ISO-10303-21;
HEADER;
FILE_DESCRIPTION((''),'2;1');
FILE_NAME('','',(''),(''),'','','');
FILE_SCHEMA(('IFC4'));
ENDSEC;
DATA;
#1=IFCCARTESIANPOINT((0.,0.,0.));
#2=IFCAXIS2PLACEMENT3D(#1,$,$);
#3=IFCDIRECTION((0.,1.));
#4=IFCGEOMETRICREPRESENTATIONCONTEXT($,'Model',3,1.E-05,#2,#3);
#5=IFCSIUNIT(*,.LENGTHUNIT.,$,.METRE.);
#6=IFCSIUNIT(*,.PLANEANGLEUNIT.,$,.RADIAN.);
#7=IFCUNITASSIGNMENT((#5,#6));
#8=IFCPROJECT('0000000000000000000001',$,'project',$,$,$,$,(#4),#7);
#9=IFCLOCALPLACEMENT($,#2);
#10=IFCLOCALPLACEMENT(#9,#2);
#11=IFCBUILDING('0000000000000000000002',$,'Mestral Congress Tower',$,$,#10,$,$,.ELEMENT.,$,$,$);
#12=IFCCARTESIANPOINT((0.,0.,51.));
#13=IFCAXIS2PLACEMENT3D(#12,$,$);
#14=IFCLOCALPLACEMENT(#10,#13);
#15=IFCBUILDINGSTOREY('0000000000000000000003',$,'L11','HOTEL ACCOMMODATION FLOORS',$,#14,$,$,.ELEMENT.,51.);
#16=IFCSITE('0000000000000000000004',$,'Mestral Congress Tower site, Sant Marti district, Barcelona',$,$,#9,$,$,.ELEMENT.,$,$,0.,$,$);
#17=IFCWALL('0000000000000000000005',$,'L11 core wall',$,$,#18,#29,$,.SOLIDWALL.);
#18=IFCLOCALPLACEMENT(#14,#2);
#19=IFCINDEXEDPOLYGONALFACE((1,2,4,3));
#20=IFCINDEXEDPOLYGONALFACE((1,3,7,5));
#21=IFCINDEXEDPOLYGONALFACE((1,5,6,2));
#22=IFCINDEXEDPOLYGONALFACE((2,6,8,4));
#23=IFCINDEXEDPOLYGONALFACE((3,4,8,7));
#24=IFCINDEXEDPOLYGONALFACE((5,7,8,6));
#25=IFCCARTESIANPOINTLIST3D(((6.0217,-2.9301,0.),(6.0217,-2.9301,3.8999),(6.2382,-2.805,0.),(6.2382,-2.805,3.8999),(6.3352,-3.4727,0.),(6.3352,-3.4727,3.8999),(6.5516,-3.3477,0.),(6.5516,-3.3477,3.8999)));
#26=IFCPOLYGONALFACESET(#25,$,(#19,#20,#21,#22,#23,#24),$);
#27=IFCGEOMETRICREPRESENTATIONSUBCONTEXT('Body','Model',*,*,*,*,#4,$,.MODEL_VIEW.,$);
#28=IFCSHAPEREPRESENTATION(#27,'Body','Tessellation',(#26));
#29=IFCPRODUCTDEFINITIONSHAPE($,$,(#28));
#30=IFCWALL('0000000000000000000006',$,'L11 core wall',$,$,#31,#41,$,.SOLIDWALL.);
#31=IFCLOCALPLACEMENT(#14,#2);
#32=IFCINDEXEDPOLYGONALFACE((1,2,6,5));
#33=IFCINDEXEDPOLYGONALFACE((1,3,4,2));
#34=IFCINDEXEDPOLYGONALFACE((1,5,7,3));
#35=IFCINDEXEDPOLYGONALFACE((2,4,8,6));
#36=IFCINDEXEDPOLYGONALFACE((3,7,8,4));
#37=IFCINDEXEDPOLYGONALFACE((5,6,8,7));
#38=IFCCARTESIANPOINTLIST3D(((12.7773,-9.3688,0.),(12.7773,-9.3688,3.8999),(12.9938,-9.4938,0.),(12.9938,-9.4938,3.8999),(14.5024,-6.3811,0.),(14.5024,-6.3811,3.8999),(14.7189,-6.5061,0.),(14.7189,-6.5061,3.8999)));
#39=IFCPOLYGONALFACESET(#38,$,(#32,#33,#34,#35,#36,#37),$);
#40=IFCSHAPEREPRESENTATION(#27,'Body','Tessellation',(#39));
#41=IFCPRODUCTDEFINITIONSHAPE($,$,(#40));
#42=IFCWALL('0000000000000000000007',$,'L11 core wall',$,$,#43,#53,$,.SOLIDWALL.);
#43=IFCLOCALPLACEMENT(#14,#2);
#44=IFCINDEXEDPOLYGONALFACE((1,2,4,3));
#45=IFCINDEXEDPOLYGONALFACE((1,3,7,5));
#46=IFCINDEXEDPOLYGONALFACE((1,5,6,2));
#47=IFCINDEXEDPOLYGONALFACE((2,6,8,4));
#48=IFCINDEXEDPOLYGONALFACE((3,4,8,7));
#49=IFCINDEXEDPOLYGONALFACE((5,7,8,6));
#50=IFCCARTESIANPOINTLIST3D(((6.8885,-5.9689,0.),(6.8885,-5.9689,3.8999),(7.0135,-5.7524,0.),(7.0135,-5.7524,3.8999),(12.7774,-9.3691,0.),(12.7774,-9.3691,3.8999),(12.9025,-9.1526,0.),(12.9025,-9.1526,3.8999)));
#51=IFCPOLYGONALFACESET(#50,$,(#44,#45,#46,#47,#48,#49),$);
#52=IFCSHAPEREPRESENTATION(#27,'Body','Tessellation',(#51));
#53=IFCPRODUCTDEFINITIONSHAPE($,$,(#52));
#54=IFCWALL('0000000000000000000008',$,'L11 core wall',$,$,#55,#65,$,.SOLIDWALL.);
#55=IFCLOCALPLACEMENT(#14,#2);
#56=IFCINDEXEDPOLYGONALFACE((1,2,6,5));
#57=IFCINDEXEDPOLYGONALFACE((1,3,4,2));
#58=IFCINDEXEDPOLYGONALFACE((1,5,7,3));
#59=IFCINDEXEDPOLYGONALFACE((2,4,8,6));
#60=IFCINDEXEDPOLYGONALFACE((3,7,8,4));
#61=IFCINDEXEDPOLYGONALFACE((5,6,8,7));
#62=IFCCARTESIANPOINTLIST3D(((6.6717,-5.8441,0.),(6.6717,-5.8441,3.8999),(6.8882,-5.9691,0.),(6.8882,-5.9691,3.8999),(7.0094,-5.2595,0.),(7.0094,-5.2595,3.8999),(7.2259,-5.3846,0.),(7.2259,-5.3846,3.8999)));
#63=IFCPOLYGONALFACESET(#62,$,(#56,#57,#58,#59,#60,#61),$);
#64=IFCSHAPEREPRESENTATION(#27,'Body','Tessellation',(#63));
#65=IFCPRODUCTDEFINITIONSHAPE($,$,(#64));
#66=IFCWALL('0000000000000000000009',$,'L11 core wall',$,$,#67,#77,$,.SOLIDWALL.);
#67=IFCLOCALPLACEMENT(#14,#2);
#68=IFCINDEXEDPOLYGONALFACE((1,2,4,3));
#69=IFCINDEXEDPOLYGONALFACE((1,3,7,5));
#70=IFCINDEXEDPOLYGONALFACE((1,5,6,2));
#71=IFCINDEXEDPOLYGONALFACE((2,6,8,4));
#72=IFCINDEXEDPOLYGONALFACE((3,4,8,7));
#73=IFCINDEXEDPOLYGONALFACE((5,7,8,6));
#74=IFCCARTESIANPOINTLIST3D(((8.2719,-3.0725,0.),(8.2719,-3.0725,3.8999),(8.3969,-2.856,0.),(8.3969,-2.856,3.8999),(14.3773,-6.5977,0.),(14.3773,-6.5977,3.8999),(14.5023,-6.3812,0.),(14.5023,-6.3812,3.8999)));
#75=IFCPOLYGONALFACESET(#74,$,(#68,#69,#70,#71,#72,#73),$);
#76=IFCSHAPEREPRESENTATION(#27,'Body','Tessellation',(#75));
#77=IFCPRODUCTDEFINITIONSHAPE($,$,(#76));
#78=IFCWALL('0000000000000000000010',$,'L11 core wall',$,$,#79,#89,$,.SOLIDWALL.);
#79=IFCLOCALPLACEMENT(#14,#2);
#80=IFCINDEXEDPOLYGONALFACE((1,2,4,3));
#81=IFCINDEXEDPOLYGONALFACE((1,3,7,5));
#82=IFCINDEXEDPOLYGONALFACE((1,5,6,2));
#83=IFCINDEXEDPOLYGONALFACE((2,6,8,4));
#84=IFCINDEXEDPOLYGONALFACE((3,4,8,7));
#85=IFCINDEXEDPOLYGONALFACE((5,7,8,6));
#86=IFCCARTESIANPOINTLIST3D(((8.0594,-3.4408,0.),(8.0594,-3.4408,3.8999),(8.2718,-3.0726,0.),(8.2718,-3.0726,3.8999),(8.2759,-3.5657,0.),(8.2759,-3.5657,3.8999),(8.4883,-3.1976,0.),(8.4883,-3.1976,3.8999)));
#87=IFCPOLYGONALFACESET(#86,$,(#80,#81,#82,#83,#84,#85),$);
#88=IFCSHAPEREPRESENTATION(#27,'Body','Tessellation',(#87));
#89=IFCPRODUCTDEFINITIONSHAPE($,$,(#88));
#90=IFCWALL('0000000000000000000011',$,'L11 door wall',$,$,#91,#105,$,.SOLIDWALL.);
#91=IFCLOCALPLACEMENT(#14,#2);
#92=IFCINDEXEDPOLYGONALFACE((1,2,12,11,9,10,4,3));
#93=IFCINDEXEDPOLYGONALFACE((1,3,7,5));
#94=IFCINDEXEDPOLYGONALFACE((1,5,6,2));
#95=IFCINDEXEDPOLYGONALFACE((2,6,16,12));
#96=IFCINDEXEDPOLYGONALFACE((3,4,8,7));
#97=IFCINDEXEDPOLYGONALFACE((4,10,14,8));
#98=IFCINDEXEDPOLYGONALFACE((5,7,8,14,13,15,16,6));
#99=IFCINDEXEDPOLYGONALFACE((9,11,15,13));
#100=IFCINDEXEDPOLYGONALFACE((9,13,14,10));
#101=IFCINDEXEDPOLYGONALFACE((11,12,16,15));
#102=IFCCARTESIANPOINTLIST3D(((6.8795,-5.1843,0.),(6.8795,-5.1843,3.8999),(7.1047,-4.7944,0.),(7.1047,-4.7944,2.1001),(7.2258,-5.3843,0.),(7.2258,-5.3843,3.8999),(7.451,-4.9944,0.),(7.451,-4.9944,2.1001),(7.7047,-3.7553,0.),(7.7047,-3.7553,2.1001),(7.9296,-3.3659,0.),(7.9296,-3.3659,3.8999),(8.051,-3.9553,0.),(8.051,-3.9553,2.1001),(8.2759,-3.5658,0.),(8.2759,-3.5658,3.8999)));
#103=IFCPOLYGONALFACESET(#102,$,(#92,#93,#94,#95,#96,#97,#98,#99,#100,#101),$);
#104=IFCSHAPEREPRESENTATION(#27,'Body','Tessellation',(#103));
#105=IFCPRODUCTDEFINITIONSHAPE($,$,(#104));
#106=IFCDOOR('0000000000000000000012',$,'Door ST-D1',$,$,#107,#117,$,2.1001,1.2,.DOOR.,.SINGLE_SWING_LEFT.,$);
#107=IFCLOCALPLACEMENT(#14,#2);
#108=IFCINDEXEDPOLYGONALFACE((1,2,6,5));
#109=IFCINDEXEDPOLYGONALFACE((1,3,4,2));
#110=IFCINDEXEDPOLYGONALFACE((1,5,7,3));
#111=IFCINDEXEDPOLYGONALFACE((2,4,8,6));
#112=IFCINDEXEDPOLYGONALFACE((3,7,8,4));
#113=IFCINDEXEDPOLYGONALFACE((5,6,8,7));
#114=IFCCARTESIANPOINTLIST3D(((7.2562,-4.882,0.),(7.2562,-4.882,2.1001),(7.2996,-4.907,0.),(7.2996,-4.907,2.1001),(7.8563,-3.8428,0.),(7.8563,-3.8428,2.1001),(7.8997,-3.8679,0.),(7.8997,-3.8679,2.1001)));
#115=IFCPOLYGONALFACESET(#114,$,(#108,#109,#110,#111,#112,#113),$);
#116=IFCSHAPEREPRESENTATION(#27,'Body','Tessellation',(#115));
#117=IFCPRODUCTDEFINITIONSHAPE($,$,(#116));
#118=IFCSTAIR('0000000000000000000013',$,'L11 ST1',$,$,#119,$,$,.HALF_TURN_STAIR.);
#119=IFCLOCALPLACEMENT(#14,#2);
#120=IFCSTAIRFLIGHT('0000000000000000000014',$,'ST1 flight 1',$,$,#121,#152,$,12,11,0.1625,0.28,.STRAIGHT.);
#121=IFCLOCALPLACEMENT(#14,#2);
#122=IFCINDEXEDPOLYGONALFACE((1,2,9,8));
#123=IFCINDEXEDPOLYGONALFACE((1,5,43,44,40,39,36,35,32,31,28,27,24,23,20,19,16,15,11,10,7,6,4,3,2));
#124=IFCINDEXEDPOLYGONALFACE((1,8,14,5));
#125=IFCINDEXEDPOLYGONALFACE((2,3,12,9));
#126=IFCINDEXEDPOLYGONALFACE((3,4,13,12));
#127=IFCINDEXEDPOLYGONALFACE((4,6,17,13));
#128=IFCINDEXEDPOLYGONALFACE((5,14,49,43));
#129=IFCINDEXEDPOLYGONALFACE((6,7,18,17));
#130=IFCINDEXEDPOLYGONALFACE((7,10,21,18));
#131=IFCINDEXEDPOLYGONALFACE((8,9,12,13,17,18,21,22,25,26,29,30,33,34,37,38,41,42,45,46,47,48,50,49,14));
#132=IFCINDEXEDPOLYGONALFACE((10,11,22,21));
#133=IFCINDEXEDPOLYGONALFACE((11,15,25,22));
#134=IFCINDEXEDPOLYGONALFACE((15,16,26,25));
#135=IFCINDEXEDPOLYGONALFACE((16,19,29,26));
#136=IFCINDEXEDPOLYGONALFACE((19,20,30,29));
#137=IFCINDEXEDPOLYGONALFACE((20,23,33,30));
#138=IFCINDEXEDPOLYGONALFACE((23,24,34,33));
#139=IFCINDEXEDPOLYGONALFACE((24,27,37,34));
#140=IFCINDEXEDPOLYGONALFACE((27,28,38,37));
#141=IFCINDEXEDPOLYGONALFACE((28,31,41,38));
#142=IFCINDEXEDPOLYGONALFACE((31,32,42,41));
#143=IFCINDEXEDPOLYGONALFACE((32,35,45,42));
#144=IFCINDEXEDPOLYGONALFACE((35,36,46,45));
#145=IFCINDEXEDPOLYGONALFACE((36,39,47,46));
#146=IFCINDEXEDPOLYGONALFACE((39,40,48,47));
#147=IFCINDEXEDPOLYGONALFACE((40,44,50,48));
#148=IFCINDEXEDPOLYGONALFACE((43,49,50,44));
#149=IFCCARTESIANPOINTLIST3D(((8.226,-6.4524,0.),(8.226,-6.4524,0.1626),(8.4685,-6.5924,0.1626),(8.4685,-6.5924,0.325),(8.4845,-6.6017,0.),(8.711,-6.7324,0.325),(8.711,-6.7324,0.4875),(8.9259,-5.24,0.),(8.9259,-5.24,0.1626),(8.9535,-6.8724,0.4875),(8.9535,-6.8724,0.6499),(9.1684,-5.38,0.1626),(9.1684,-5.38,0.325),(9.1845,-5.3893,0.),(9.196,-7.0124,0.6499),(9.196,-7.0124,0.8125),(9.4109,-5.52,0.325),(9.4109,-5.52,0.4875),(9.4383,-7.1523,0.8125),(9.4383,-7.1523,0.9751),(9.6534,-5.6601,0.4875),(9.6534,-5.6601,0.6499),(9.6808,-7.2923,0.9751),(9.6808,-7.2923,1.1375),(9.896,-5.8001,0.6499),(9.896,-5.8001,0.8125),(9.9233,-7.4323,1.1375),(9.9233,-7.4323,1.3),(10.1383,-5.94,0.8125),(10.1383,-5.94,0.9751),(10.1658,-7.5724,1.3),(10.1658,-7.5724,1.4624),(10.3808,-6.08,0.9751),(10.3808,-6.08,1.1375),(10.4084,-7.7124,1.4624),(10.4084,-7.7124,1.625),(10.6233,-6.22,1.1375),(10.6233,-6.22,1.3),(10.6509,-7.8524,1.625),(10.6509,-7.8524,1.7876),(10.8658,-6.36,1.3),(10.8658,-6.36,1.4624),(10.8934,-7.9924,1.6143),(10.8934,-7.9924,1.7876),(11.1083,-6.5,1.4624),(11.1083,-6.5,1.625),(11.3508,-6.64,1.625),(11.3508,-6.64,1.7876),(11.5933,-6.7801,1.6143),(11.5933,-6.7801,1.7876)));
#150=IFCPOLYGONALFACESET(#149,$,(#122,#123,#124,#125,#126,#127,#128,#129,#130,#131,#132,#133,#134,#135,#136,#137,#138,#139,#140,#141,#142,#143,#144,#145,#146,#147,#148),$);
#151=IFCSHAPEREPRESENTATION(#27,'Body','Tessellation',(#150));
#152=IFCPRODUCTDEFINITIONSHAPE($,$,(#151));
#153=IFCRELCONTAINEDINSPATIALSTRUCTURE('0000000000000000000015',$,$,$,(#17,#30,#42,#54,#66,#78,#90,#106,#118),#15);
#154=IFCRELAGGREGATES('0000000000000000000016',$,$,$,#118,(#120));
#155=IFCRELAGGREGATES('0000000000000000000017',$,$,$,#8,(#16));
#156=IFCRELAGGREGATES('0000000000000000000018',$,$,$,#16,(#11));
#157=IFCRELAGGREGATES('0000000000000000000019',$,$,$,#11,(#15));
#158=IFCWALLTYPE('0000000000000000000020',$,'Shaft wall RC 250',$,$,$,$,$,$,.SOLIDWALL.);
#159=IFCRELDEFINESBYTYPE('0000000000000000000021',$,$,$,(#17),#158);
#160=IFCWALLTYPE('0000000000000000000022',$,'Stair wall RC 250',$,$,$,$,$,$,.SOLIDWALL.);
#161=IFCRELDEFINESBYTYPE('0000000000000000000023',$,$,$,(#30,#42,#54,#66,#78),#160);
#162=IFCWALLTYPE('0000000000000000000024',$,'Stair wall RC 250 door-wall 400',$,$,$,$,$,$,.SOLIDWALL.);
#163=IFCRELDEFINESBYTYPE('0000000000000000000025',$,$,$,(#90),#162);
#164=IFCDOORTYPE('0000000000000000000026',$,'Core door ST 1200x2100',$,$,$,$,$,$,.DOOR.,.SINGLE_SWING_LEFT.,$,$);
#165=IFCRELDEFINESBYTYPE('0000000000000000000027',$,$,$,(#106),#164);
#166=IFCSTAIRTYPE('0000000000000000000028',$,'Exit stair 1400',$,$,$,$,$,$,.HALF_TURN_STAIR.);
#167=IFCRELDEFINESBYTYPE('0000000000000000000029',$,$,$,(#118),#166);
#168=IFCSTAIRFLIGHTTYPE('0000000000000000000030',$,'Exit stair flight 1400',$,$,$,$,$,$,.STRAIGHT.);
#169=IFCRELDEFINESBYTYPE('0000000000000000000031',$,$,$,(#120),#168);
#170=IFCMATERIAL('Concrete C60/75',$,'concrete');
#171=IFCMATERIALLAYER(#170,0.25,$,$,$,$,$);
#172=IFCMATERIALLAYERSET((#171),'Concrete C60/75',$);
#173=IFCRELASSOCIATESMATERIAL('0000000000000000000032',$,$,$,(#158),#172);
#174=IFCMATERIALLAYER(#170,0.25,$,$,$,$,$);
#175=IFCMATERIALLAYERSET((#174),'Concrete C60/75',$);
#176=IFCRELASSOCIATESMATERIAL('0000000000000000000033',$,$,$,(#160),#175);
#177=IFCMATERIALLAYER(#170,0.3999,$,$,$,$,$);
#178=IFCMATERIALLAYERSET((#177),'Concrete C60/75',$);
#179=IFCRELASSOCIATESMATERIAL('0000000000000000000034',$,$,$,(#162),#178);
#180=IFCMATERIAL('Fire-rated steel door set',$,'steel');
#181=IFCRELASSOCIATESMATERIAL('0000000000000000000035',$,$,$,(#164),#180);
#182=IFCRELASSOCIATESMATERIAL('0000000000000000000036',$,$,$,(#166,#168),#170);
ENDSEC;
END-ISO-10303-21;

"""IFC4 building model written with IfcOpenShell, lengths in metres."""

from ifc_helpers import new_model, si_unit, direction, frame, frame_2d, origin, place, context, subcontext, project, spatial, polyline, rectangle, outline, extrude, material, layer, layer_set, type_object, element, fill, aggregate, save


model = new_model("IFC4")

# Units and contexts
model_context = context("Model", 3, precision=1e-05, world=origin(), true_north=direction((0.0, 1.0)))
body_context = subcontext(model_context, "Body", "Model", "MODEL_VIEW")
ifc_project = project(units=[si_unit("LENGTHUNIT", "METRE"), si_unit("PLANEANGLEUNIT", "RADIAN")], contexts=[model_context])

# Site, building, storey
site_placement = place(None, origin())
site = spatial("IfcSite", under=ifc_project, at=site_placement, Name="Mestral Congress Tower site, Sant Marti district, Barcelona", CompositionType="ELEMENT", RefElevation=0.0)
building_placement = place(site_placement, origin())
building = spatial("IfcBuilding", under=site, at=building_placement, Name="Mestral Congress Tower", CompositionType="ELEMENT")
storey_placement = place(building_placement, frame((0.0, 0.0, 51.0)))
storey = spatial("IfcBuildingStorey", under=building, at=storey_placement, Name="L11", Description="HOTEL ACCOMMODATION FLOORS", CompositionType="ELEMENT", Elevation=51.0)

# Shared definitions
ifc_material_1 = material(Name="Fire-rated steel door set", Category="steel")

# Walls
ifc_material_2 = material(Name="Concrete C60/75", Category="concrete")
ifc_layer_1 = layer(ifc_material_2, 0.25)
ifc_layer_set_1 = layer_set([ifc_layer_1], Name="Concrete C60/75")
wall_type_1 = type_object("IfcWallType", Name="Shaft wall RC 250", PredefinedType="SOLIDWALL", material=ifc_layer_set_1)
wall_1_placement = place(storey_placement, frame((6.1299, -2.8674, 0.0), z_axis=(0.0, 0.0, 1.0), x_axis=(0.500161, -0.865933, 0.0)))
element("IfcWall", 1, at=wall_1_placement, inside=storey, type_object=wall_type_1, Name="L11 core wall", PredefinedType="SOLIDWALL", context=body_context, shape_type="SweptSolid", body=[
    extrude(rectangle(XDim=0.6267, YDim=0.25, at=frame_2d((0.3135, 0.0))), origin(), (0.0, 0.0, 1.0), 3.8999),
])
ifc_layer_2 = layer(ifc_material_2, 0.25)
ifc_layer_set_2 = layer_set([ifc_layer_2], Name="Concrete C60/75")
wall_type_2 = type_object("IfcWallType", Name="Stair wall RC 250", PredefinedType="SOLIDWALL", material=ifc_layer_set_2)
wall_2_placement = place(storey_placement, frame((12.8855, -9.4314, 0.0), z_axis=(0.0, 0.0, 1.0), x_axis=(0.500021, 0.866014, 0.0)))
element("IfcWall", 2, at=wall_2_placement, inside=storey, type_object=wall_type_2, Name="L11 core wall", PredefinedType="SOLIDWALL", context=body_context, shape_type="SweptSolid", body=[
    extrude(rectangle(XDim=3.45, YDim=0.25, at=frame_2d((1.7251, 0.0))), origin(), (0.0, 0.0, 1.0), 3.8999),
])
wall_3_placement = place(storey_placement, frame((12.8398, -9.2607, 0.0), z_axis=(0.0, 0.0, 1.0), x_axis=(-0.866014, 0.50002, 0.0)))
element("IfcWall", 3, at=wall_3_placement, inside=storey, type_object=wall_type_2, Name="L11 core wall", PredefinedType="SOLIDWALL", context=body_context, shape_type="SweptSolid", body=[
    extrude(rectangle(XDim=6.8, YDim=0.25, at=frame_2d((3.3999, 0.0))), origin(), (0.0, 0.0, 1.0), 3.8999),
])
wall_4_placement = place(storey_placement, frame((6.78, -5.9065, 0.0), z_axis=(0.0, 0.0, 1.0), x_axis=(0.500223, 0.865896, 0.0)))
element("IfcWall", 4, at=wall_4_placement, inside=storey, type_object=wall_type_2, Name="L11 core wall", PredefinedType="SOLIDWALL", context=body_context, shape_type="SweptSolid", body=[
    extrude(rectangle(XDim=0.675, YDim=0.25, at=frame_2d((0.3374, 0.0))), origin(), (0.0, 0.0, 1.0), 3.8999),
])
wall_5_placement = place(storey_placement, frame((8.3345, -2.9644, 0.0), z_axis=(0.0, 0.0, 1.0), x_axis=(0.866016, -0.500016, 0.0)))
element("IfcWall", 5, at=wall_5_placement, inside=storey, type_object=wall_type_2, Name="L11 core wall", PredefinedType="SOLIDWALL", context=body_context, shape_type="SweptSolid", body=[
    extrude(rectangle(XDim=7.05, YDim=0.25, at=frame_2d((3.5249, 0.0))), origin(), (0.0, 0.0, 1.0), 3.8999),
])
wall_6_placement = place(storey_placement, frame((8.1677, -3.5032, 0.0), z_axis=(0.0, 0.0, 1.0), x_axis=(0.499722, 0.866186, 0.0)))
element("IfcWall", 6, at=wall_6_placement, inside=storey, type_object=wall_type_2, Name="L11 core wall", PredefinedType="SOLIDWALL", context=body_context, shape_type="SweptSolid", body=[
    extrude(rectangle(XDim=0.425, YDim=0.25, at=frame_2d((0.2124, 0.0))), origin(), (0.0, 0.0, 1.0), 3.8999),
])

# Wall, opening, door
ifc_layer_3 = layer(ifc_material_2, 0.3999)
ifc_layer_set_3 = layer_set([ifc_layer_3], Name="Concrete C60/75")
wall_type_3 = type_object("IfcWallType", Name="Stair wall RC 250 door-wall 400", PredefinedType="SOLIDWALL", material=ifc_layer_set_3)
wall_7_placement = place(storey_placement, frame((7.0527, -5.2842, 0.0), z_axis=(0.0, 0.0, 1.0), x_axis=(0.500078, 0.86598, 0.0)))
wall_7 = element("IfcWall", 7, at=wall_7_placement, inside=storey, type_object=wall_type_3, Name="L11 door wall", PredefinedType="SOLIDWALL", context=body_context, shape_type="SweptSolid", body=[
    extrude(rectangle(XDim=2.0999, YDim=0.3999, at=frame_2d((1.0498, 0.0))), origin(), (0.0, 0.0, 1.0), 3.8999),
])
opening_1_placement = place(wall_7_placement, frame((0.45, 0.0, 0.0)))
opening_1 = element("IfcOpeningElement", 8, at=opening_1_placement, cuts=wall_7, PredefinedType="OPENING", context=body_context, shape_type="SweptSolid", body=[
    extrude(rectangle(XDim=1.2, YDim=2.1001, at=frame_2d((0.6001, 1.05))), frame((0.0, 0.21, 0.0), z_axis=(0.0, -1.0, 0.0), x_axis=(1.0, 0.0, 0.0)), (0.0, 0.0, 1.0), 0.4199),
])
door_type_1 = type_object("IfcDoorType", Name="Core door ST 1200x2100", OperationType="SINGLE_SWING_LEFT", PredefinedType="DOOR", material=ifc_material_1)
door_1_placement = place(opening_1_placement, origin())
door_1 = element("IfcDoor", 9, at=door_1_placement, inside=storey, type_object=door_type_1, Name="Door ST-D1", OperationType="SINGLE_SWING_LEFT", OverallHeight=2.1001, OverallWidth=1.2, PredefinedType="DOOR", context=body_context, shape_type="SweptSolid", body=[
    extrude(rectangle(XDim=1.2, YDim=2.1001, at=frame_2d((0.6001, 1.05))), frame((0.0, 0.0249, 0.0), z_axis=(0.0, -1.0, 0.0), x_axis=(1.0, 0.0, 0.0)), (0.0, 0.0, 1.0), 0.05),
])
fill(opening_1, door_1)

# Stair, stair flight
stair_type = type_object("IfcStairType", Name="Exit stair 1400", PredefinedType="HALF_TURN_STAIR", material=ifc_material_2)
stair_placement = place(storey_placement, origin())
stair = element("IfcStair", 10, at=stair_placement, inside=storey, type_object=stair_type, Name="L11 ST1", PredefinedType="HALF_TURN_STAIR")
stair_flight_type = type_object("IfcStairFlightType", Name="Exit stair flight 1400", PredefinedType="STRAIGHT", material=ifc_material_2)
stair_flight_1_placement = place(storey_placement, frame((8.5759, -5.8462, 0.0), z_axis=(0.0, 0.0, 1.0), x_axis=(0.866025, -0.5, 0.0)))
stair_flight_1 = element("IfcStairFlight", 11, at=stair_flight_1_placement, type_object=stair_flight_type, Name="ST1 flight 1", NumberOfRisers=12, NumberOfTreads=11, PredefinedType="STRAIGHT", RiserHeight=0.1625, TreadLength=0.28, context=body_context, shape_type="SweptSolid", body=[
    extrude(outline(polyline([(0.0, 0.0), (0.0, 0.1626), (0.28, 0.1626), (0.28, 0.325), (0.5601, 0.325), (0.5601, 0.4875), (0.8401, 0.4875), (0.8401, 0.6499), (1.1201, 0.6499), (1.1201, 0.8125), (1.3999, 0.8125), (1.3999, 0.9751), (1.6799, 0.9751), (1.6799, 1.1375), (1.96, 1.1375), (1.96, 1.3), (2.24, 1.3), (2.24, 1.4624), (2.52, 1.4624), (2.52, 1.625), (2.8, 1.625), (2.8, 1.7876), (3.0801, 1.7876), (3.0801, 1.95), (3.0801, 1.6143), (0.2986, 0.0), (0.0, 0.0)])), frame((0.0, 0.7, 0.0), z_axis=(0.0, -1.0, 0.0), x_axis=(1.0, 0.0, 0.0)), (0.0, 0.0, 1.0), 1.3999),
])
aggregate(stair, [stair_flight_1])

save(model, "model.ifc")
